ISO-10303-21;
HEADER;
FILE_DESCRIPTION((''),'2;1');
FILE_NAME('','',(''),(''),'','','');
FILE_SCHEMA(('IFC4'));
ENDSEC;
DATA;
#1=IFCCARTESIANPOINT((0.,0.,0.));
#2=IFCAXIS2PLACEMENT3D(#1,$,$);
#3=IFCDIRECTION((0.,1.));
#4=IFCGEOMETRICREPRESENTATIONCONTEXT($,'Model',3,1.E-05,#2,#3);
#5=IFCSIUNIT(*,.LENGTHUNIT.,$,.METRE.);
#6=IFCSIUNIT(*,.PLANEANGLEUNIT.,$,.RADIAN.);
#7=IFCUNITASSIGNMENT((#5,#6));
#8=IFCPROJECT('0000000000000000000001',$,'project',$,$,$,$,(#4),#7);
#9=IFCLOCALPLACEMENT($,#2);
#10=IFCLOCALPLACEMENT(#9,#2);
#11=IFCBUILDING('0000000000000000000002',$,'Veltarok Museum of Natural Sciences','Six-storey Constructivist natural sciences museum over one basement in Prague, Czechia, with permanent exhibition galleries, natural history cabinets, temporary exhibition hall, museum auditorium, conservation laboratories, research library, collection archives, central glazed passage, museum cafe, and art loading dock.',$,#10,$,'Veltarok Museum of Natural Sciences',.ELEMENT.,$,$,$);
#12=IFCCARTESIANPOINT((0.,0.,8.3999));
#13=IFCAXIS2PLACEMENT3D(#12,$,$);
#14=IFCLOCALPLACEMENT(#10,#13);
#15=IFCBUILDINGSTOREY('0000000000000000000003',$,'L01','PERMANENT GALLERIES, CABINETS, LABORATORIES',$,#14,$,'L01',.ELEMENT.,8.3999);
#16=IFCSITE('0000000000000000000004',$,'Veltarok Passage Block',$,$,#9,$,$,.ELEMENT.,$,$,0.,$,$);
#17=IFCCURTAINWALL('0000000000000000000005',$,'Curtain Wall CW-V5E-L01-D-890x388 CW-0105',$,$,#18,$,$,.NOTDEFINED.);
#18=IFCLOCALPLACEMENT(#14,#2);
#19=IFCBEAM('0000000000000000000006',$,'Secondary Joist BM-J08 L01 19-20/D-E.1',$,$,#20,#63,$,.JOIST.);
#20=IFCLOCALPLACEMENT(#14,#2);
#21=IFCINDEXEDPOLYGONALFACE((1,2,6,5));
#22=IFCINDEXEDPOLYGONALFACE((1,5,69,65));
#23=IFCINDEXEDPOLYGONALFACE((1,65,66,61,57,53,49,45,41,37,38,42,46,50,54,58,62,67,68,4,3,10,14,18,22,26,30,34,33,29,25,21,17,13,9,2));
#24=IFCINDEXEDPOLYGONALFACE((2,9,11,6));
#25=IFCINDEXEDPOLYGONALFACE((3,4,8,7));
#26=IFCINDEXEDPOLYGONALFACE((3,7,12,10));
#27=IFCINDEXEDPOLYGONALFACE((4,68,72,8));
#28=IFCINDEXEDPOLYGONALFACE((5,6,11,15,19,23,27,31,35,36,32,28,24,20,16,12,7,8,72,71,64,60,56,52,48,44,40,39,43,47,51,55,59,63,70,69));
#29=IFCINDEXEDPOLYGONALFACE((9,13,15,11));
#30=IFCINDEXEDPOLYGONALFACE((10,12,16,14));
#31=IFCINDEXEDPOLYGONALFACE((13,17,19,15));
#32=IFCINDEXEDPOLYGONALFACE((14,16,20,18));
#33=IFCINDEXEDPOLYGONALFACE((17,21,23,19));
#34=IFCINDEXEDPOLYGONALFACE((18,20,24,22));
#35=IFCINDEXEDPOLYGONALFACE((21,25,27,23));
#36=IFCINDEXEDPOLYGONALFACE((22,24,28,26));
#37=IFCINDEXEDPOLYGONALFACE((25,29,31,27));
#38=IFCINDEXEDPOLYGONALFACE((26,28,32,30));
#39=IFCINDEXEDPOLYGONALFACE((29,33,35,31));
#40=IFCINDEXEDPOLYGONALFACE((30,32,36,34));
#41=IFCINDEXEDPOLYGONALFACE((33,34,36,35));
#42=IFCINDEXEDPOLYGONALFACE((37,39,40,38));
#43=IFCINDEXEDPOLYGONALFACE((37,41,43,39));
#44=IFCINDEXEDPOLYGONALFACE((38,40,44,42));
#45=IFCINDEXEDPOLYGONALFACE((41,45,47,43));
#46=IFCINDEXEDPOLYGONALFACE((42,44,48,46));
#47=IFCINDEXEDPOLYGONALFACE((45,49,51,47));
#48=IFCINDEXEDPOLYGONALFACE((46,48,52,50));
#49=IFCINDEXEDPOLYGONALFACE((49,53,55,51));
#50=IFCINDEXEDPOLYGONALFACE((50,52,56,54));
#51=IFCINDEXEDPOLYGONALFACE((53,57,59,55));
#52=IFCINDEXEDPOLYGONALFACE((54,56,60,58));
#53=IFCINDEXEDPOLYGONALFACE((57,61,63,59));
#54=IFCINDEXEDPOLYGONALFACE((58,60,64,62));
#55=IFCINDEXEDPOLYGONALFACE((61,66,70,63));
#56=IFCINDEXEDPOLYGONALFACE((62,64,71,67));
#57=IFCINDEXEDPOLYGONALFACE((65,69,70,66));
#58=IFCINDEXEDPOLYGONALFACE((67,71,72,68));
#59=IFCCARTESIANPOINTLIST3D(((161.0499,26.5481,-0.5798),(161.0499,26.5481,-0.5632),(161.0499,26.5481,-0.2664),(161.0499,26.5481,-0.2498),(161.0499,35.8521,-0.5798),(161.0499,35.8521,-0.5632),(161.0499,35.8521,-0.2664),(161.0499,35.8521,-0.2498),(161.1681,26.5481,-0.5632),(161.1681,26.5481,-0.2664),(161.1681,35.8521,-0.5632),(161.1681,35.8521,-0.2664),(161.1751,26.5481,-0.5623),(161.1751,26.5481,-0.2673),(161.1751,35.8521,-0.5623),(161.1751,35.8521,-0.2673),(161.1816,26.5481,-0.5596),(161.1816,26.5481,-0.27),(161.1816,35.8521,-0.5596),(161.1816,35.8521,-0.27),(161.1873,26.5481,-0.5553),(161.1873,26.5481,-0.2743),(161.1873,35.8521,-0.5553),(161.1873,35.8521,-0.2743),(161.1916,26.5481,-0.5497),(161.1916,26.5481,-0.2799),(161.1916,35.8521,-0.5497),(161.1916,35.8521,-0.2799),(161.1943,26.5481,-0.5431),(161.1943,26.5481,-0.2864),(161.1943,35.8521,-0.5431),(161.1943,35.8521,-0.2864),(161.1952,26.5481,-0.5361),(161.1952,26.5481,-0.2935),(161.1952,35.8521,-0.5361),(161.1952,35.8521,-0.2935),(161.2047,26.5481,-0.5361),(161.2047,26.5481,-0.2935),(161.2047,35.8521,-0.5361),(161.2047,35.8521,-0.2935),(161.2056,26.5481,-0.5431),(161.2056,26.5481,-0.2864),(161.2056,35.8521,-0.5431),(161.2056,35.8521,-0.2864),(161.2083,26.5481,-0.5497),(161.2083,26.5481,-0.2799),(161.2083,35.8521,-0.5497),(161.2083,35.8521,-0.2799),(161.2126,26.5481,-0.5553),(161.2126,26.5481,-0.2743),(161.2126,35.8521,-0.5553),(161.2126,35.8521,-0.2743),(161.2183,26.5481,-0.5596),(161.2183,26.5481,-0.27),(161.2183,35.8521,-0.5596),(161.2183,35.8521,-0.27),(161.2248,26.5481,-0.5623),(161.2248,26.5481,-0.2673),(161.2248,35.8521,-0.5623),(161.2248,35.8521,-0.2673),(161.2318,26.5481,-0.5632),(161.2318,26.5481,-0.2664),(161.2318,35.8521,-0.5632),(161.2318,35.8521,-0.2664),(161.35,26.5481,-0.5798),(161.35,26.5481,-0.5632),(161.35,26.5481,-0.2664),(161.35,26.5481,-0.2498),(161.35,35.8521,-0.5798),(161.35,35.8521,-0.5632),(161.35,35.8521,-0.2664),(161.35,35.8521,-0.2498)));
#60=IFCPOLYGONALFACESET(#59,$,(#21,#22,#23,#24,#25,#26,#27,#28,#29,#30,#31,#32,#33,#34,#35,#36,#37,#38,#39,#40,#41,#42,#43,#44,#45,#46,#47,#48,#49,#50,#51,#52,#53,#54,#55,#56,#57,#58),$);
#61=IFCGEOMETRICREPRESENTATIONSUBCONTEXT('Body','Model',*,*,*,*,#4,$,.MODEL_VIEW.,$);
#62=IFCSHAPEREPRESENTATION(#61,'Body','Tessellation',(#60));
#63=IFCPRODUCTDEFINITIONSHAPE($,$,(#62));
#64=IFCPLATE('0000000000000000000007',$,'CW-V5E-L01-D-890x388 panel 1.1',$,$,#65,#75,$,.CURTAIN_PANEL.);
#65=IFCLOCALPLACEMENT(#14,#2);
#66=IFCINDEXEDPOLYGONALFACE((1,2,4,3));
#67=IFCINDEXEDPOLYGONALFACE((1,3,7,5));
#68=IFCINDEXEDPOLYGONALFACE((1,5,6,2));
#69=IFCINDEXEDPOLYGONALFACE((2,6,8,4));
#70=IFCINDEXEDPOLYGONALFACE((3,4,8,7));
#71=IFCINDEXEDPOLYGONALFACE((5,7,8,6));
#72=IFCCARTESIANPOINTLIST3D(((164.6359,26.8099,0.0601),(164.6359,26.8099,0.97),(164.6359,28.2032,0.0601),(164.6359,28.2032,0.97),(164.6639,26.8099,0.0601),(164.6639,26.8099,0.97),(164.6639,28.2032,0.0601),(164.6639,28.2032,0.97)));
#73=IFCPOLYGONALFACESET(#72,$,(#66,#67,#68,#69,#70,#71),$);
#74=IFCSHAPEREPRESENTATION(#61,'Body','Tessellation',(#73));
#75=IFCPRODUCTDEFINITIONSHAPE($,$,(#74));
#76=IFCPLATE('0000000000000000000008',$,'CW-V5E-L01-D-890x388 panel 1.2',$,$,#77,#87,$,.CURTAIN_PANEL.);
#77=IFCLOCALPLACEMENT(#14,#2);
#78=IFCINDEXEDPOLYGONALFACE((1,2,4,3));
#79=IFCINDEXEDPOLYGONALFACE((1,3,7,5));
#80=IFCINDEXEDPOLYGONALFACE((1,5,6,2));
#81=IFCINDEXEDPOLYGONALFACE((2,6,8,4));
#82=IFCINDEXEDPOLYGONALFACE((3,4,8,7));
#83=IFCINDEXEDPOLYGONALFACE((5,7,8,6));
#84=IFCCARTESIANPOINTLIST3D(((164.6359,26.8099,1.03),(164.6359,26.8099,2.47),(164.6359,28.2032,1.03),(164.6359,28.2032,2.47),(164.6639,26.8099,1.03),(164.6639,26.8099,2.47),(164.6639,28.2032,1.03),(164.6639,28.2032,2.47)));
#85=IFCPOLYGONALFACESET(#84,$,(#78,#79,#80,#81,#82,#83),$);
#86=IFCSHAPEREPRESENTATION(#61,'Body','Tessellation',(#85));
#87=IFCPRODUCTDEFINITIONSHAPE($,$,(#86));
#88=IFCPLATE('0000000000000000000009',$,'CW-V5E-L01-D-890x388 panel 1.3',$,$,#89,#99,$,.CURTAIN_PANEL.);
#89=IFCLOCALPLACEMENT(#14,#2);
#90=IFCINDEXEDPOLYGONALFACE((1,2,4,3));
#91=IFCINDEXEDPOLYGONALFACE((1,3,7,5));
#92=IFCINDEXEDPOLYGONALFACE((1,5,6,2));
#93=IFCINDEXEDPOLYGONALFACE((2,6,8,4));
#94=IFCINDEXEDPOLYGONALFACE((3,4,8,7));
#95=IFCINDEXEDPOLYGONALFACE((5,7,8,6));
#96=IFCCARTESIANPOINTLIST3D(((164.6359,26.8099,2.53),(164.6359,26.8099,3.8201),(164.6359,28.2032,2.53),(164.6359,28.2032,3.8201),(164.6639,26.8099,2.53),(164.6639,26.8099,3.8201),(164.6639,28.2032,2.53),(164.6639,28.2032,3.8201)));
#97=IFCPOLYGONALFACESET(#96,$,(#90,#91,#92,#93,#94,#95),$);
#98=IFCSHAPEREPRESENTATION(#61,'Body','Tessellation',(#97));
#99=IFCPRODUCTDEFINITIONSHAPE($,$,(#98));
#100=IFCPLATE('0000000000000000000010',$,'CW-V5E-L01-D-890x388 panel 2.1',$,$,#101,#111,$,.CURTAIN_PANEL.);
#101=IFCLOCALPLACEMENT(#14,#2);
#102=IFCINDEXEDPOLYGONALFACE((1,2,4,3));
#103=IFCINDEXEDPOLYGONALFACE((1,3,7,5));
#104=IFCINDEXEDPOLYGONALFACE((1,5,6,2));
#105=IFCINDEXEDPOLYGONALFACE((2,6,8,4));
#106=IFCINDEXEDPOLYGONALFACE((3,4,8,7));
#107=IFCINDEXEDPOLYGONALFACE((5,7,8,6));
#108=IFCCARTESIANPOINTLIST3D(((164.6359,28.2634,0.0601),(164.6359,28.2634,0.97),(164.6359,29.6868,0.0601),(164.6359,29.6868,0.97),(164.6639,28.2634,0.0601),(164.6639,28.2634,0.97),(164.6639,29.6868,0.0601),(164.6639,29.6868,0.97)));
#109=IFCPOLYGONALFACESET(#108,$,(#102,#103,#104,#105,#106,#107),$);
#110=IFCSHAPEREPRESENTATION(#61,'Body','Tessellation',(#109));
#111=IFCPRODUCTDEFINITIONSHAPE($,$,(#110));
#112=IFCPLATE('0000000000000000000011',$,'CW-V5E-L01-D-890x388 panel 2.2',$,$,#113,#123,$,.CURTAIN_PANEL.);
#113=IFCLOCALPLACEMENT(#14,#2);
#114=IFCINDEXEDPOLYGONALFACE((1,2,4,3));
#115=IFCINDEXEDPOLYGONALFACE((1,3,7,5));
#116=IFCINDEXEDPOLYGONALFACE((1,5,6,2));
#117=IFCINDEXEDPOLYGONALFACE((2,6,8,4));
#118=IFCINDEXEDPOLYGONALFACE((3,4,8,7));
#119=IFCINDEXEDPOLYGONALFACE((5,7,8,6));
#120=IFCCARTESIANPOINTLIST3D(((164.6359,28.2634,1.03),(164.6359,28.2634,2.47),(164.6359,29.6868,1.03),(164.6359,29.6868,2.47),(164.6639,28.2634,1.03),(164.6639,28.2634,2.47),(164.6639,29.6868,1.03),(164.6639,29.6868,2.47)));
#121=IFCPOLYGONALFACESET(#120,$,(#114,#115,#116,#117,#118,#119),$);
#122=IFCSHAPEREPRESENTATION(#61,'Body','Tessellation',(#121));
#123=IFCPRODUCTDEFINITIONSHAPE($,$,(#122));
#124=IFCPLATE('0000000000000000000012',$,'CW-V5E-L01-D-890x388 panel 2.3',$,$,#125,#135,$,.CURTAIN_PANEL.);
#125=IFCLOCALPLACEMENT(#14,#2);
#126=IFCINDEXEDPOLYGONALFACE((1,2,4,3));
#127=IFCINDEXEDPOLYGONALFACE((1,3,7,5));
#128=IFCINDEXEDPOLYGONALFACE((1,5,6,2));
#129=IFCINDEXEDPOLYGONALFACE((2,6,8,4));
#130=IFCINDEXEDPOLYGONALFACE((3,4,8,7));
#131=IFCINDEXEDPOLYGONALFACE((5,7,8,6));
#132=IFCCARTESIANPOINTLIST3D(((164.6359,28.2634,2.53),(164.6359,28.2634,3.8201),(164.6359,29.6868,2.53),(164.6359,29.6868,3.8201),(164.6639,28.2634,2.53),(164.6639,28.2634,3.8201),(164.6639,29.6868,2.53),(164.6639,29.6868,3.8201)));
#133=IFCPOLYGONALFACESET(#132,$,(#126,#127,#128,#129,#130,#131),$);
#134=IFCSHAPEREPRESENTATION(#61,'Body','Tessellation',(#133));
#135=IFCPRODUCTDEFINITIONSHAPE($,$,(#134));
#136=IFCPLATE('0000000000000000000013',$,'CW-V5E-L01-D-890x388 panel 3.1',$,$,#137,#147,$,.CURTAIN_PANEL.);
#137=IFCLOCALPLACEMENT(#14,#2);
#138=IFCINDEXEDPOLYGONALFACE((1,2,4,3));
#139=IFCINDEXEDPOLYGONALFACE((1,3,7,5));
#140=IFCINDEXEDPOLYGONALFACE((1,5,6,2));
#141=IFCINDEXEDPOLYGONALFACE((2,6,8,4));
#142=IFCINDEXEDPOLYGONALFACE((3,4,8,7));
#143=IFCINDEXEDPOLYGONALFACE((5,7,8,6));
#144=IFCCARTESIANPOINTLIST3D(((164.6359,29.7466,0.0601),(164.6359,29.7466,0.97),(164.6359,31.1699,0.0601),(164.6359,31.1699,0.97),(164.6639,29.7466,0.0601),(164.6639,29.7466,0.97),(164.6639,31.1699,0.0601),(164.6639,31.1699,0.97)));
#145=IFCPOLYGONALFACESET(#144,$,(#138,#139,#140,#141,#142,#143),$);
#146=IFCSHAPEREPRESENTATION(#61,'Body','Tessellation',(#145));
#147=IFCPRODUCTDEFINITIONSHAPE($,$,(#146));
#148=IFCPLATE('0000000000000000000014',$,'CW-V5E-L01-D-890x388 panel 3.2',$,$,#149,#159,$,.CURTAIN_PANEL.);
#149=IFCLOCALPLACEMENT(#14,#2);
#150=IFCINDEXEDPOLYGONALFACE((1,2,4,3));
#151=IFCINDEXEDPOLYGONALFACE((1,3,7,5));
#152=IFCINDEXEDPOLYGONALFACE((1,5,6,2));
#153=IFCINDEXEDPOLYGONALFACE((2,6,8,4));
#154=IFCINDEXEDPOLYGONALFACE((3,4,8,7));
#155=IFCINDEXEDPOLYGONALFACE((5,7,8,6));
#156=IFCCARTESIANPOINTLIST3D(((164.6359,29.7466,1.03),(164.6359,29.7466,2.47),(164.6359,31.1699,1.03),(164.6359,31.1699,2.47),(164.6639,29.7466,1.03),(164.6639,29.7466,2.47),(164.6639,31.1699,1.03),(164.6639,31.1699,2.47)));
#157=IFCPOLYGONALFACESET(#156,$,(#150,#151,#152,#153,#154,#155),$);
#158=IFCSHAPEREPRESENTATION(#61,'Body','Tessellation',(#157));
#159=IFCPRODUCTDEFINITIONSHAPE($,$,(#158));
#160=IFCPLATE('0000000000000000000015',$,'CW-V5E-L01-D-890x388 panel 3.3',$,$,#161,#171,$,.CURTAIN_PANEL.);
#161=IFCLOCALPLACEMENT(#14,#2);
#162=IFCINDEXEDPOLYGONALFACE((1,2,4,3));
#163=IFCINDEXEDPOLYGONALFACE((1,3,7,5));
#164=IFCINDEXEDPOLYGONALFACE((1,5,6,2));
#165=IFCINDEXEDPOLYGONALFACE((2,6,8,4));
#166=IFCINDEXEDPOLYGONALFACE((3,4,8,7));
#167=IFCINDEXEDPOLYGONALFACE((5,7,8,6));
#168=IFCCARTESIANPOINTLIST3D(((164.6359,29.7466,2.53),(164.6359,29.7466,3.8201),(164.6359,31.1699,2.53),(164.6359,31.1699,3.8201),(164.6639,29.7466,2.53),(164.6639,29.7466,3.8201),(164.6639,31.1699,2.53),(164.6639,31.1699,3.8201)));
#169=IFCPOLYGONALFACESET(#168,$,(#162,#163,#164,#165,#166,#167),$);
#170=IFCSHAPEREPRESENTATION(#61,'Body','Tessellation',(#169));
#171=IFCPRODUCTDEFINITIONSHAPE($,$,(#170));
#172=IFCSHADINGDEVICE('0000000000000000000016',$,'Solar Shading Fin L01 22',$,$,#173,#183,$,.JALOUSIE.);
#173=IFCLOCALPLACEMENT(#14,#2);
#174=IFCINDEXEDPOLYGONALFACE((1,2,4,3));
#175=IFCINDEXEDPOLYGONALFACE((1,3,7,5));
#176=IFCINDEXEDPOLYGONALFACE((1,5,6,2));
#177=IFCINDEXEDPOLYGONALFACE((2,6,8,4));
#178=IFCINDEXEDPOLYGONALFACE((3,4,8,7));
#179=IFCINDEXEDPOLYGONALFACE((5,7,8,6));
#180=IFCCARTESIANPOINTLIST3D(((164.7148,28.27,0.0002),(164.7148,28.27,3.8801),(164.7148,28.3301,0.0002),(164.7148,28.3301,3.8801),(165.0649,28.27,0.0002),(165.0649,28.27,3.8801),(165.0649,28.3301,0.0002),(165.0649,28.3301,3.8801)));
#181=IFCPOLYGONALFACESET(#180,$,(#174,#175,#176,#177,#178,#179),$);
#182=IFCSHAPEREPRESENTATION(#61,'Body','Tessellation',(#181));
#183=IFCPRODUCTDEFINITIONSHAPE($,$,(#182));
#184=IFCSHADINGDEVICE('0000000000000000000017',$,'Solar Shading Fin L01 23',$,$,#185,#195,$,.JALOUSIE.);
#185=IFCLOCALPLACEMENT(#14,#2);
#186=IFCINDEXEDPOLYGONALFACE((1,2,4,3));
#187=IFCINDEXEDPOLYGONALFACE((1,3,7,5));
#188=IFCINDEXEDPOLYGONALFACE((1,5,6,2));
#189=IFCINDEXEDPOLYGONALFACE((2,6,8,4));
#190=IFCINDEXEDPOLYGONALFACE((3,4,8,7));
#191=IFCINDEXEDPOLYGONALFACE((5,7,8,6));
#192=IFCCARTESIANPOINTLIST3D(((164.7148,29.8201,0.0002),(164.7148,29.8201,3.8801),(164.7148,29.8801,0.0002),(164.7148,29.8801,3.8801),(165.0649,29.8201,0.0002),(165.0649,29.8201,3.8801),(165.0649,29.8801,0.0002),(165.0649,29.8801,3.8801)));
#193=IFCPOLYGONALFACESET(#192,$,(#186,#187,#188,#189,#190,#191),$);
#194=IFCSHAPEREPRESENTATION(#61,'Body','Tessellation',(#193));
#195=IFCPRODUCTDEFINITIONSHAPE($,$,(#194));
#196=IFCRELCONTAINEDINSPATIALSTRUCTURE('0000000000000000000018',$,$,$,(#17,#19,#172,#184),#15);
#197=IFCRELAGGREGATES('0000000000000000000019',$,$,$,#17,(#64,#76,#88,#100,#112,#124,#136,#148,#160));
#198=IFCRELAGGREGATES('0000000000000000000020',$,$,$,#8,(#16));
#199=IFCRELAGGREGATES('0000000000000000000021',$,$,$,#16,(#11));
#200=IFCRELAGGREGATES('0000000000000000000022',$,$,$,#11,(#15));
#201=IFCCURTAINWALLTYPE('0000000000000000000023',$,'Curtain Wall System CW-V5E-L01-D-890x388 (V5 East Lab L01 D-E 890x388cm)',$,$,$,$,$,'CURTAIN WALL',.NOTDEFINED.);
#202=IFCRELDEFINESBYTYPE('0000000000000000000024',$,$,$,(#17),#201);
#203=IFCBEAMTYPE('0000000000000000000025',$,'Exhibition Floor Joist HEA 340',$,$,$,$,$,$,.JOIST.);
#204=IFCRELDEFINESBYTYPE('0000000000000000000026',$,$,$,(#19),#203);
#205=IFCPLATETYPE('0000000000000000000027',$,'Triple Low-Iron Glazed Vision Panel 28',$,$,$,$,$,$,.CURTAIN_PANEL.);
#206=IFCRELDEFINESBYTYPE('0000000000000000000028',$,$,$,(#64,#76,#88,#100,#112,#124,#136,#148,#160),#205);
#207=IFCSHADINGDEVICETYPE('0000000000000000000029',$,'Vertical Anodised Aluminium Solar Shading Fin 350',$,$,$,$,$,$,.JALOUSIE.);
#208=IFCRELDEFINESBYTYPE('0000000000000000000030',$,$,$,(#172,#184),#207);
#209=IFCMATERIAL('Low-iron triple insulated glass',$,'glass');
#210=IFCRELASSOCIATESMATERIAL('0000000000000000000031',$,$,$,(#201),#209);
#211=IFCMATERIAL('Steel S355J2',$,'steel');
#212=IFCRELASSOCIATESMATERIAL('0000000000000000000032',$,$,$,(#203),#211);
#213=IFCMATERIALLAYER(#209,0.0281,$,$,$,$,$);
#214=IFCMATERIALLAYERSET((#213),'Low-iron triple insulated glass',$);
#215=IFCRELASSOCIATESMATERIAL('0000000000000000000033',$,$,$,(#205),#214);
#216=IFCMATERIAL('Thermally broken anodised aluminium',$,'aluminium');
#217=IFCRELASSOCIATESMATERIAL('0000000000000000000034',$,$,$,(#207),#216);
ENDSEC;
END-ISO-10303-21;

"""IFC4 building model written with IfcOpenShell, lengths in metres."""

from ifc_helpers import new_model, si_unit, direction, frame, origin, origin_2d, place, context, subcontext, project, spatial, rectangle, i_section, extrude, material, layer, layer_set, material_profile, profile_set, type_object, element, aggregate, save


model = new_model("IFC4")

# Units and contexts
model_context = context("Model", 3, precision=1e-05, world=origin(), true_north=direction((0.0, 1.0)))
body_context = subcontext(model_context, "Body", "Model", "MODEL_VIEW")
ifc_project = project(units=[si_unit("LENGTHUNIT", "METRE"), si_unit("PLANEANGLEUNIT", "RADIAN")], contexts=[model_context])

# Site, building, storey
site_placement = place(None, origin())
site = spatial("IfcSite", under=ifc_project, at=site_placement, Name="Veltarok Passage Block", CompositionType="ELEMENT", RefElevation=0.0)
building_placement = place(site_placement, origin())
building = spatial("IfcBuilding", under=site, at=building_placement, Name="Veltarok Museum of Natural Sciences", Description="Six-storey Constructivist natural sciences museum over one basement in Prague, Czechia, with permanent exhibition galleries, natural history cabinets, temporary exhibition hall, museum auditorium, conservation laboratories, research library, collection archives, central glazed passage, museum cafe, and art loading dock.", LongName="Veltarok Museum of Natural Sciences", CompositionType="ELEMENT")
storey_placement = place(building_placement, frame((0.0, 0.0, 8.3999)))
storey = spatial("IfcBuildingStorey", under=building, at=storey_placement, Name="L01", Description="PERMANENT GALLERIES, CABINETS, LABORATORIES", LongName="L01", CompositionType="ELEMENT", Elevation=8.3999)

# Shared definitions
ifc_material_1 = material(Name="Steel S355J2", Category="steel")

# Curtain wall
ifc_material_2 = material(Name="Low-iron triple insulated glass", Category="glass")
curtain_wall_type = type_object("IfcCurtainWallType", Name="Curtain Wall System CW-V5E-L01-D-890x388 (V5 East Lab L01 D-E 890x388cm)", ElementType="CURTAIN WALL", PredefinedType="NOTDEFINED", material=ifc_material_2)
curtain_wall_placement = place(storey_placement, origin())
curtain_wall = element("IfcCurtainWall", 1, at=curtain_wall_placement, inside=storey, type_object=curtain_wall_type, Name="Curtain Wall CW-V5E-L01-D-890x388 CW-0105", PredefinedType="NOTDEFINED")
ifc_material_3 = material(Name="Thermally broken anodised aluminium", Category="aluminium")

# Beam
ifc_material_profile_1 = material_profile(ifc_material_1, i_section(OverallWidth=0.3, OverallDepth=0.3301, WebThickness=0.0095, FlangeThickness=0.0166, FilletRadius=0.0271, at=origin_2d()), Name="HEA 340")
ifc_profile_set_1 = profile_set([ifc_material_profile_1], Name="Steel S355J2")
beam_type_1 = type_object("IfcBeamType", Name="Exhibition Floor Joist HEA 340", PredefinedType="JOIST", material=ifc_profile_set_1)
beam_1_placement = place(storey_placement, frame((161.2, 26.5481, -0.4148), z_axis=(0.0, 1.0, 0.0), x_axis=(-1.0, 0.0, 0.0)))
element("IfcBeam", 2, at=beam_1_placement, inside=storey, type_object=beam_type_1, Name="Secondary Joist BM-J08 L01 19-20/D-E.1", PredefinedType="JOIST", context=body_context, shape_type="SweptSolid", body=[
    extrude(i_section(OverallWidth=0.3, OverallDepth=0.3301, WebThickness=0.0095, FlangeThickness=0.0166, FilletRadius=0.0271, at=origin_2d()), origin(), (0.0, 0.0, 1.0), 9.304),
])

# Plates
ifc_layer = layer(ifc_material_2, 0.0281)
ifc_layer_set = layer_set([ifc_layer], Name="Low-iron triple insulated glass")
plate_type = type_object("IfcPlateType", Name="Triple Low-Iron Glazed Vision Panel 28", PredefinedType="CURTAIN_PANEL", material=ifc_layer_set)
plate_1_placement = place(storey_placement, frame((164.6499, 27.5066, 0.0601), z_axis=(0.0, 0.0, 1.0), x_axis=(0.0, 1.0, 0.0)))
plate_1 = element("IfcPlate", 3, at=plate_1_placement, type_object=plate_type, Name="CW-V5E-L01-D-890x388 panel 1.1", PredefinedType="CURTAIN_PANEL", context=body_context, shape_type="SweptSolid", body=[
    extrude(rectangle(XDim=1.3933, YDim=0.0281, at=origin_2d()), origin(), (0.0, 0.0, 1.0), 0.9099),
])
plate_2_placement = place(storey_placement, frame((164.6499, 27.5066, 1.03), z_axis=(0.0, 0.0, 1.0), x_axis=(0.0, 1.0, 0.0)))
plate_2 = element("IfcPlate", 4, at=plate_2_placement, type_object=plate_type, Name="CW-V5E-L01-D-890x388 panel 1.2", PredefinedType="CURTAIN_PANEL", context=body_context, shape_type="SweptSolid", body=[
    extrude(rectangle(XDim=1.3933, YDim=0.0281, at=origin_2d()), origin(), (0.0, 0.0, 1.0), 1.4399),
])
plate_3_placement = place(storey_placement, frame((164.6499, 27.5066, 2.53), z_axis=(0.0, 0.0, 1.0), x_axis=(0.0, 1.0, 0.0)))
plate_3 = element("IfcPlate", 5, at=plate_3_placement, type_object=plate_type, Name="CW-V5E-L01-D-890x388 panel 1.3", PredefinedType="CURTAIN_PANEL", context=body_context, shape_type="SweptSolid", body=[
    extrude(rectangle(XDim=1.3933, YDim=0.0281, at=origin_2d()), origin(), (0.0, 0.0, 1.0), 1.29),
])
plate_4_placement = place(storey_placement, frame((164.6499, 28.9751, 0.0601), z_axis=(0.0, 0.0, 1.0), x_axis=(0.0, 1.0, 0.0)))
plate_4 = element("IfcPlate", 6, at=plate_4_placement, type_object=plate_type, Name="CW-V5E-L01-D-890x388 panel 2.1", PredefinedType="CURTAIN_PANEL", context=body_context, shape_type="SweptSolid", body=[
    extrude(rectangle(XDim=1.4233, YDim=0.0281, at=origin_2d()), origin(), (0.0, 0.0, 1.0), 0.9099),
])
plate_5_placement = place(storey_placement, frame((164.6499, 28.9751, 1.03), z_axis=(0.0, 0.0, 1.0), x_axis=(0.0, 1.0, 0.0)))
plate_5 = element("IfcPlate", 7, at=plate_5_placement, type_object=plate_type, Name="CW-V5E-L01-D-890x388 panel 2.2", PredefinedType="CURTAIN_PANEL", context=body_context, shape_type="SweptSolid", body=[
    extrude(rectangle(XDim=1.4233, YDim=0.0281, at=origin_2d()), origin(), (0.0, 0.0, 1.0), 1.4399),
])
plate_6_placement = place(storey_placement, frame((164.6499, 28.9751, 2.53), z_axis=(0.0, 0.0, 1.0), x_axis=(0.0, 1.0, 0.0)))
plate_6 = element("IfcPlate", 8, at=plate_6_placement, type_object=plate_type, Name="CW-V5E-L01-D-890x388 panel 2.3", PredefinedType="CURTAIN_PANEL", context=body_context, shape_type="SweptSolid", body=[
    extrude(rectangle(XDim=1.4233, YDim=0.0281, at=origin_2d()), origin(), (0.0, 0.0, 1.0), 1.29),
])
plate_7_placement = place(storey_placement, frame((164.6499, 30.4583, 0.0601), z_axis=(0.0, 0.0, 1.0), x_axis=(0.0, 1.0, 0.0)))
plate_7 = element("IfcPlate", 9, at=plate_7_placement, type_object=plate_type, Name="CW-V5E-L01-D-890x388 panel 3.1", PredefinedType="CURTAIN_PANEL", context=body_context, shape_type="SweptSolid", body=[
    extrude(rectangle(XDim=1.4233, YDim=0.0281, at=origin_2d()), origin(), (0.0, 0.0, 1.0), 0.9099),
])
plate_8_placement = place(storey_placement, frame((164.6499, 30.4583, 1.03), z_axis=(0.0, 0.0, 1.0), x_axis=(0.0, 1.0, 0.0)))
plate_8 = element("IfcPlate", 10, at=plate_8_placement, type_object=plate_type, Name="CW-V5E-L01-D-890x388 panel 3.2", PredefinedType="CURTAIN_PANEL", context=body_context, shape_type="SweptSolid", body=[
    extrude(rectangle(XDim=1.4233, YDim=0.0281, at=origin_2d()), origin(), (0.0, 0.0, 1.0), 1.4399),
])
plate_9_placement = place(storey_placement, frame((164.6499, 30.4583, 2.53), z_axis=(0.0, 0.0, 1.0), x_axis=(0.0, 1.0, 0.0)))
plate_9 = element("IfcPlate", 11, at=plate_9_placement, type_object=plate_type, Name="CW-V5E-L01-D-890x388 panel 3.3", PredefinedType="CURTAIN_PANEL", context=body_context, shape_type="SweptSolid", body=[
    extrude(rectangle(XDim=1.4233, YDim=0.0281, at=origin_2d()), origin(), (0.0, 0.0, 1.0), 1.29),
])
aggregate(curtain_wall, [plate_1, plate_2, plate_3, plate_4, plate_5, plate_6, plate_7, plate_8, plate_9])

# Shading devices
shading_device_type = type_object("IfcShadingDeviceType", Name="Vertical Anodised Aluminium Solar Shading Fin 350", PredefinedType="JALOUSIE", material=ifc_material_3)
for number, where, z_axis, x_axis, name in (
    (12, (164.8899, 28.3, 0.0002), (0.0, 0.0, 1.0), (1.0, 0.0, 0.0), "Solar Shading Fin L01 22"),
    (13, (164.8899, 29.8501, 0.0002), (0.0, 0.0, 1.0), (1.0, 0.0, 0.0), "Solar Shading Fin L01 23"),
):
    element("IfcShadingDevice", number, at=place(storey_placement, frame(where, z_axis=z_axis, x_axis=x_axis)), inside=storey, type_object=shading_device_type, Name=name, PredefinedType="JALOUSIE", context=body_context, shape_type="SweptSolid", body=[
        extrude(rectangle(XDim=0.3501, YDim=0.0601, at=origin_2d()), origin(), (0.0, 0.0, 1.0), 3.8799),
    ])

save(model, "model.ifc")
